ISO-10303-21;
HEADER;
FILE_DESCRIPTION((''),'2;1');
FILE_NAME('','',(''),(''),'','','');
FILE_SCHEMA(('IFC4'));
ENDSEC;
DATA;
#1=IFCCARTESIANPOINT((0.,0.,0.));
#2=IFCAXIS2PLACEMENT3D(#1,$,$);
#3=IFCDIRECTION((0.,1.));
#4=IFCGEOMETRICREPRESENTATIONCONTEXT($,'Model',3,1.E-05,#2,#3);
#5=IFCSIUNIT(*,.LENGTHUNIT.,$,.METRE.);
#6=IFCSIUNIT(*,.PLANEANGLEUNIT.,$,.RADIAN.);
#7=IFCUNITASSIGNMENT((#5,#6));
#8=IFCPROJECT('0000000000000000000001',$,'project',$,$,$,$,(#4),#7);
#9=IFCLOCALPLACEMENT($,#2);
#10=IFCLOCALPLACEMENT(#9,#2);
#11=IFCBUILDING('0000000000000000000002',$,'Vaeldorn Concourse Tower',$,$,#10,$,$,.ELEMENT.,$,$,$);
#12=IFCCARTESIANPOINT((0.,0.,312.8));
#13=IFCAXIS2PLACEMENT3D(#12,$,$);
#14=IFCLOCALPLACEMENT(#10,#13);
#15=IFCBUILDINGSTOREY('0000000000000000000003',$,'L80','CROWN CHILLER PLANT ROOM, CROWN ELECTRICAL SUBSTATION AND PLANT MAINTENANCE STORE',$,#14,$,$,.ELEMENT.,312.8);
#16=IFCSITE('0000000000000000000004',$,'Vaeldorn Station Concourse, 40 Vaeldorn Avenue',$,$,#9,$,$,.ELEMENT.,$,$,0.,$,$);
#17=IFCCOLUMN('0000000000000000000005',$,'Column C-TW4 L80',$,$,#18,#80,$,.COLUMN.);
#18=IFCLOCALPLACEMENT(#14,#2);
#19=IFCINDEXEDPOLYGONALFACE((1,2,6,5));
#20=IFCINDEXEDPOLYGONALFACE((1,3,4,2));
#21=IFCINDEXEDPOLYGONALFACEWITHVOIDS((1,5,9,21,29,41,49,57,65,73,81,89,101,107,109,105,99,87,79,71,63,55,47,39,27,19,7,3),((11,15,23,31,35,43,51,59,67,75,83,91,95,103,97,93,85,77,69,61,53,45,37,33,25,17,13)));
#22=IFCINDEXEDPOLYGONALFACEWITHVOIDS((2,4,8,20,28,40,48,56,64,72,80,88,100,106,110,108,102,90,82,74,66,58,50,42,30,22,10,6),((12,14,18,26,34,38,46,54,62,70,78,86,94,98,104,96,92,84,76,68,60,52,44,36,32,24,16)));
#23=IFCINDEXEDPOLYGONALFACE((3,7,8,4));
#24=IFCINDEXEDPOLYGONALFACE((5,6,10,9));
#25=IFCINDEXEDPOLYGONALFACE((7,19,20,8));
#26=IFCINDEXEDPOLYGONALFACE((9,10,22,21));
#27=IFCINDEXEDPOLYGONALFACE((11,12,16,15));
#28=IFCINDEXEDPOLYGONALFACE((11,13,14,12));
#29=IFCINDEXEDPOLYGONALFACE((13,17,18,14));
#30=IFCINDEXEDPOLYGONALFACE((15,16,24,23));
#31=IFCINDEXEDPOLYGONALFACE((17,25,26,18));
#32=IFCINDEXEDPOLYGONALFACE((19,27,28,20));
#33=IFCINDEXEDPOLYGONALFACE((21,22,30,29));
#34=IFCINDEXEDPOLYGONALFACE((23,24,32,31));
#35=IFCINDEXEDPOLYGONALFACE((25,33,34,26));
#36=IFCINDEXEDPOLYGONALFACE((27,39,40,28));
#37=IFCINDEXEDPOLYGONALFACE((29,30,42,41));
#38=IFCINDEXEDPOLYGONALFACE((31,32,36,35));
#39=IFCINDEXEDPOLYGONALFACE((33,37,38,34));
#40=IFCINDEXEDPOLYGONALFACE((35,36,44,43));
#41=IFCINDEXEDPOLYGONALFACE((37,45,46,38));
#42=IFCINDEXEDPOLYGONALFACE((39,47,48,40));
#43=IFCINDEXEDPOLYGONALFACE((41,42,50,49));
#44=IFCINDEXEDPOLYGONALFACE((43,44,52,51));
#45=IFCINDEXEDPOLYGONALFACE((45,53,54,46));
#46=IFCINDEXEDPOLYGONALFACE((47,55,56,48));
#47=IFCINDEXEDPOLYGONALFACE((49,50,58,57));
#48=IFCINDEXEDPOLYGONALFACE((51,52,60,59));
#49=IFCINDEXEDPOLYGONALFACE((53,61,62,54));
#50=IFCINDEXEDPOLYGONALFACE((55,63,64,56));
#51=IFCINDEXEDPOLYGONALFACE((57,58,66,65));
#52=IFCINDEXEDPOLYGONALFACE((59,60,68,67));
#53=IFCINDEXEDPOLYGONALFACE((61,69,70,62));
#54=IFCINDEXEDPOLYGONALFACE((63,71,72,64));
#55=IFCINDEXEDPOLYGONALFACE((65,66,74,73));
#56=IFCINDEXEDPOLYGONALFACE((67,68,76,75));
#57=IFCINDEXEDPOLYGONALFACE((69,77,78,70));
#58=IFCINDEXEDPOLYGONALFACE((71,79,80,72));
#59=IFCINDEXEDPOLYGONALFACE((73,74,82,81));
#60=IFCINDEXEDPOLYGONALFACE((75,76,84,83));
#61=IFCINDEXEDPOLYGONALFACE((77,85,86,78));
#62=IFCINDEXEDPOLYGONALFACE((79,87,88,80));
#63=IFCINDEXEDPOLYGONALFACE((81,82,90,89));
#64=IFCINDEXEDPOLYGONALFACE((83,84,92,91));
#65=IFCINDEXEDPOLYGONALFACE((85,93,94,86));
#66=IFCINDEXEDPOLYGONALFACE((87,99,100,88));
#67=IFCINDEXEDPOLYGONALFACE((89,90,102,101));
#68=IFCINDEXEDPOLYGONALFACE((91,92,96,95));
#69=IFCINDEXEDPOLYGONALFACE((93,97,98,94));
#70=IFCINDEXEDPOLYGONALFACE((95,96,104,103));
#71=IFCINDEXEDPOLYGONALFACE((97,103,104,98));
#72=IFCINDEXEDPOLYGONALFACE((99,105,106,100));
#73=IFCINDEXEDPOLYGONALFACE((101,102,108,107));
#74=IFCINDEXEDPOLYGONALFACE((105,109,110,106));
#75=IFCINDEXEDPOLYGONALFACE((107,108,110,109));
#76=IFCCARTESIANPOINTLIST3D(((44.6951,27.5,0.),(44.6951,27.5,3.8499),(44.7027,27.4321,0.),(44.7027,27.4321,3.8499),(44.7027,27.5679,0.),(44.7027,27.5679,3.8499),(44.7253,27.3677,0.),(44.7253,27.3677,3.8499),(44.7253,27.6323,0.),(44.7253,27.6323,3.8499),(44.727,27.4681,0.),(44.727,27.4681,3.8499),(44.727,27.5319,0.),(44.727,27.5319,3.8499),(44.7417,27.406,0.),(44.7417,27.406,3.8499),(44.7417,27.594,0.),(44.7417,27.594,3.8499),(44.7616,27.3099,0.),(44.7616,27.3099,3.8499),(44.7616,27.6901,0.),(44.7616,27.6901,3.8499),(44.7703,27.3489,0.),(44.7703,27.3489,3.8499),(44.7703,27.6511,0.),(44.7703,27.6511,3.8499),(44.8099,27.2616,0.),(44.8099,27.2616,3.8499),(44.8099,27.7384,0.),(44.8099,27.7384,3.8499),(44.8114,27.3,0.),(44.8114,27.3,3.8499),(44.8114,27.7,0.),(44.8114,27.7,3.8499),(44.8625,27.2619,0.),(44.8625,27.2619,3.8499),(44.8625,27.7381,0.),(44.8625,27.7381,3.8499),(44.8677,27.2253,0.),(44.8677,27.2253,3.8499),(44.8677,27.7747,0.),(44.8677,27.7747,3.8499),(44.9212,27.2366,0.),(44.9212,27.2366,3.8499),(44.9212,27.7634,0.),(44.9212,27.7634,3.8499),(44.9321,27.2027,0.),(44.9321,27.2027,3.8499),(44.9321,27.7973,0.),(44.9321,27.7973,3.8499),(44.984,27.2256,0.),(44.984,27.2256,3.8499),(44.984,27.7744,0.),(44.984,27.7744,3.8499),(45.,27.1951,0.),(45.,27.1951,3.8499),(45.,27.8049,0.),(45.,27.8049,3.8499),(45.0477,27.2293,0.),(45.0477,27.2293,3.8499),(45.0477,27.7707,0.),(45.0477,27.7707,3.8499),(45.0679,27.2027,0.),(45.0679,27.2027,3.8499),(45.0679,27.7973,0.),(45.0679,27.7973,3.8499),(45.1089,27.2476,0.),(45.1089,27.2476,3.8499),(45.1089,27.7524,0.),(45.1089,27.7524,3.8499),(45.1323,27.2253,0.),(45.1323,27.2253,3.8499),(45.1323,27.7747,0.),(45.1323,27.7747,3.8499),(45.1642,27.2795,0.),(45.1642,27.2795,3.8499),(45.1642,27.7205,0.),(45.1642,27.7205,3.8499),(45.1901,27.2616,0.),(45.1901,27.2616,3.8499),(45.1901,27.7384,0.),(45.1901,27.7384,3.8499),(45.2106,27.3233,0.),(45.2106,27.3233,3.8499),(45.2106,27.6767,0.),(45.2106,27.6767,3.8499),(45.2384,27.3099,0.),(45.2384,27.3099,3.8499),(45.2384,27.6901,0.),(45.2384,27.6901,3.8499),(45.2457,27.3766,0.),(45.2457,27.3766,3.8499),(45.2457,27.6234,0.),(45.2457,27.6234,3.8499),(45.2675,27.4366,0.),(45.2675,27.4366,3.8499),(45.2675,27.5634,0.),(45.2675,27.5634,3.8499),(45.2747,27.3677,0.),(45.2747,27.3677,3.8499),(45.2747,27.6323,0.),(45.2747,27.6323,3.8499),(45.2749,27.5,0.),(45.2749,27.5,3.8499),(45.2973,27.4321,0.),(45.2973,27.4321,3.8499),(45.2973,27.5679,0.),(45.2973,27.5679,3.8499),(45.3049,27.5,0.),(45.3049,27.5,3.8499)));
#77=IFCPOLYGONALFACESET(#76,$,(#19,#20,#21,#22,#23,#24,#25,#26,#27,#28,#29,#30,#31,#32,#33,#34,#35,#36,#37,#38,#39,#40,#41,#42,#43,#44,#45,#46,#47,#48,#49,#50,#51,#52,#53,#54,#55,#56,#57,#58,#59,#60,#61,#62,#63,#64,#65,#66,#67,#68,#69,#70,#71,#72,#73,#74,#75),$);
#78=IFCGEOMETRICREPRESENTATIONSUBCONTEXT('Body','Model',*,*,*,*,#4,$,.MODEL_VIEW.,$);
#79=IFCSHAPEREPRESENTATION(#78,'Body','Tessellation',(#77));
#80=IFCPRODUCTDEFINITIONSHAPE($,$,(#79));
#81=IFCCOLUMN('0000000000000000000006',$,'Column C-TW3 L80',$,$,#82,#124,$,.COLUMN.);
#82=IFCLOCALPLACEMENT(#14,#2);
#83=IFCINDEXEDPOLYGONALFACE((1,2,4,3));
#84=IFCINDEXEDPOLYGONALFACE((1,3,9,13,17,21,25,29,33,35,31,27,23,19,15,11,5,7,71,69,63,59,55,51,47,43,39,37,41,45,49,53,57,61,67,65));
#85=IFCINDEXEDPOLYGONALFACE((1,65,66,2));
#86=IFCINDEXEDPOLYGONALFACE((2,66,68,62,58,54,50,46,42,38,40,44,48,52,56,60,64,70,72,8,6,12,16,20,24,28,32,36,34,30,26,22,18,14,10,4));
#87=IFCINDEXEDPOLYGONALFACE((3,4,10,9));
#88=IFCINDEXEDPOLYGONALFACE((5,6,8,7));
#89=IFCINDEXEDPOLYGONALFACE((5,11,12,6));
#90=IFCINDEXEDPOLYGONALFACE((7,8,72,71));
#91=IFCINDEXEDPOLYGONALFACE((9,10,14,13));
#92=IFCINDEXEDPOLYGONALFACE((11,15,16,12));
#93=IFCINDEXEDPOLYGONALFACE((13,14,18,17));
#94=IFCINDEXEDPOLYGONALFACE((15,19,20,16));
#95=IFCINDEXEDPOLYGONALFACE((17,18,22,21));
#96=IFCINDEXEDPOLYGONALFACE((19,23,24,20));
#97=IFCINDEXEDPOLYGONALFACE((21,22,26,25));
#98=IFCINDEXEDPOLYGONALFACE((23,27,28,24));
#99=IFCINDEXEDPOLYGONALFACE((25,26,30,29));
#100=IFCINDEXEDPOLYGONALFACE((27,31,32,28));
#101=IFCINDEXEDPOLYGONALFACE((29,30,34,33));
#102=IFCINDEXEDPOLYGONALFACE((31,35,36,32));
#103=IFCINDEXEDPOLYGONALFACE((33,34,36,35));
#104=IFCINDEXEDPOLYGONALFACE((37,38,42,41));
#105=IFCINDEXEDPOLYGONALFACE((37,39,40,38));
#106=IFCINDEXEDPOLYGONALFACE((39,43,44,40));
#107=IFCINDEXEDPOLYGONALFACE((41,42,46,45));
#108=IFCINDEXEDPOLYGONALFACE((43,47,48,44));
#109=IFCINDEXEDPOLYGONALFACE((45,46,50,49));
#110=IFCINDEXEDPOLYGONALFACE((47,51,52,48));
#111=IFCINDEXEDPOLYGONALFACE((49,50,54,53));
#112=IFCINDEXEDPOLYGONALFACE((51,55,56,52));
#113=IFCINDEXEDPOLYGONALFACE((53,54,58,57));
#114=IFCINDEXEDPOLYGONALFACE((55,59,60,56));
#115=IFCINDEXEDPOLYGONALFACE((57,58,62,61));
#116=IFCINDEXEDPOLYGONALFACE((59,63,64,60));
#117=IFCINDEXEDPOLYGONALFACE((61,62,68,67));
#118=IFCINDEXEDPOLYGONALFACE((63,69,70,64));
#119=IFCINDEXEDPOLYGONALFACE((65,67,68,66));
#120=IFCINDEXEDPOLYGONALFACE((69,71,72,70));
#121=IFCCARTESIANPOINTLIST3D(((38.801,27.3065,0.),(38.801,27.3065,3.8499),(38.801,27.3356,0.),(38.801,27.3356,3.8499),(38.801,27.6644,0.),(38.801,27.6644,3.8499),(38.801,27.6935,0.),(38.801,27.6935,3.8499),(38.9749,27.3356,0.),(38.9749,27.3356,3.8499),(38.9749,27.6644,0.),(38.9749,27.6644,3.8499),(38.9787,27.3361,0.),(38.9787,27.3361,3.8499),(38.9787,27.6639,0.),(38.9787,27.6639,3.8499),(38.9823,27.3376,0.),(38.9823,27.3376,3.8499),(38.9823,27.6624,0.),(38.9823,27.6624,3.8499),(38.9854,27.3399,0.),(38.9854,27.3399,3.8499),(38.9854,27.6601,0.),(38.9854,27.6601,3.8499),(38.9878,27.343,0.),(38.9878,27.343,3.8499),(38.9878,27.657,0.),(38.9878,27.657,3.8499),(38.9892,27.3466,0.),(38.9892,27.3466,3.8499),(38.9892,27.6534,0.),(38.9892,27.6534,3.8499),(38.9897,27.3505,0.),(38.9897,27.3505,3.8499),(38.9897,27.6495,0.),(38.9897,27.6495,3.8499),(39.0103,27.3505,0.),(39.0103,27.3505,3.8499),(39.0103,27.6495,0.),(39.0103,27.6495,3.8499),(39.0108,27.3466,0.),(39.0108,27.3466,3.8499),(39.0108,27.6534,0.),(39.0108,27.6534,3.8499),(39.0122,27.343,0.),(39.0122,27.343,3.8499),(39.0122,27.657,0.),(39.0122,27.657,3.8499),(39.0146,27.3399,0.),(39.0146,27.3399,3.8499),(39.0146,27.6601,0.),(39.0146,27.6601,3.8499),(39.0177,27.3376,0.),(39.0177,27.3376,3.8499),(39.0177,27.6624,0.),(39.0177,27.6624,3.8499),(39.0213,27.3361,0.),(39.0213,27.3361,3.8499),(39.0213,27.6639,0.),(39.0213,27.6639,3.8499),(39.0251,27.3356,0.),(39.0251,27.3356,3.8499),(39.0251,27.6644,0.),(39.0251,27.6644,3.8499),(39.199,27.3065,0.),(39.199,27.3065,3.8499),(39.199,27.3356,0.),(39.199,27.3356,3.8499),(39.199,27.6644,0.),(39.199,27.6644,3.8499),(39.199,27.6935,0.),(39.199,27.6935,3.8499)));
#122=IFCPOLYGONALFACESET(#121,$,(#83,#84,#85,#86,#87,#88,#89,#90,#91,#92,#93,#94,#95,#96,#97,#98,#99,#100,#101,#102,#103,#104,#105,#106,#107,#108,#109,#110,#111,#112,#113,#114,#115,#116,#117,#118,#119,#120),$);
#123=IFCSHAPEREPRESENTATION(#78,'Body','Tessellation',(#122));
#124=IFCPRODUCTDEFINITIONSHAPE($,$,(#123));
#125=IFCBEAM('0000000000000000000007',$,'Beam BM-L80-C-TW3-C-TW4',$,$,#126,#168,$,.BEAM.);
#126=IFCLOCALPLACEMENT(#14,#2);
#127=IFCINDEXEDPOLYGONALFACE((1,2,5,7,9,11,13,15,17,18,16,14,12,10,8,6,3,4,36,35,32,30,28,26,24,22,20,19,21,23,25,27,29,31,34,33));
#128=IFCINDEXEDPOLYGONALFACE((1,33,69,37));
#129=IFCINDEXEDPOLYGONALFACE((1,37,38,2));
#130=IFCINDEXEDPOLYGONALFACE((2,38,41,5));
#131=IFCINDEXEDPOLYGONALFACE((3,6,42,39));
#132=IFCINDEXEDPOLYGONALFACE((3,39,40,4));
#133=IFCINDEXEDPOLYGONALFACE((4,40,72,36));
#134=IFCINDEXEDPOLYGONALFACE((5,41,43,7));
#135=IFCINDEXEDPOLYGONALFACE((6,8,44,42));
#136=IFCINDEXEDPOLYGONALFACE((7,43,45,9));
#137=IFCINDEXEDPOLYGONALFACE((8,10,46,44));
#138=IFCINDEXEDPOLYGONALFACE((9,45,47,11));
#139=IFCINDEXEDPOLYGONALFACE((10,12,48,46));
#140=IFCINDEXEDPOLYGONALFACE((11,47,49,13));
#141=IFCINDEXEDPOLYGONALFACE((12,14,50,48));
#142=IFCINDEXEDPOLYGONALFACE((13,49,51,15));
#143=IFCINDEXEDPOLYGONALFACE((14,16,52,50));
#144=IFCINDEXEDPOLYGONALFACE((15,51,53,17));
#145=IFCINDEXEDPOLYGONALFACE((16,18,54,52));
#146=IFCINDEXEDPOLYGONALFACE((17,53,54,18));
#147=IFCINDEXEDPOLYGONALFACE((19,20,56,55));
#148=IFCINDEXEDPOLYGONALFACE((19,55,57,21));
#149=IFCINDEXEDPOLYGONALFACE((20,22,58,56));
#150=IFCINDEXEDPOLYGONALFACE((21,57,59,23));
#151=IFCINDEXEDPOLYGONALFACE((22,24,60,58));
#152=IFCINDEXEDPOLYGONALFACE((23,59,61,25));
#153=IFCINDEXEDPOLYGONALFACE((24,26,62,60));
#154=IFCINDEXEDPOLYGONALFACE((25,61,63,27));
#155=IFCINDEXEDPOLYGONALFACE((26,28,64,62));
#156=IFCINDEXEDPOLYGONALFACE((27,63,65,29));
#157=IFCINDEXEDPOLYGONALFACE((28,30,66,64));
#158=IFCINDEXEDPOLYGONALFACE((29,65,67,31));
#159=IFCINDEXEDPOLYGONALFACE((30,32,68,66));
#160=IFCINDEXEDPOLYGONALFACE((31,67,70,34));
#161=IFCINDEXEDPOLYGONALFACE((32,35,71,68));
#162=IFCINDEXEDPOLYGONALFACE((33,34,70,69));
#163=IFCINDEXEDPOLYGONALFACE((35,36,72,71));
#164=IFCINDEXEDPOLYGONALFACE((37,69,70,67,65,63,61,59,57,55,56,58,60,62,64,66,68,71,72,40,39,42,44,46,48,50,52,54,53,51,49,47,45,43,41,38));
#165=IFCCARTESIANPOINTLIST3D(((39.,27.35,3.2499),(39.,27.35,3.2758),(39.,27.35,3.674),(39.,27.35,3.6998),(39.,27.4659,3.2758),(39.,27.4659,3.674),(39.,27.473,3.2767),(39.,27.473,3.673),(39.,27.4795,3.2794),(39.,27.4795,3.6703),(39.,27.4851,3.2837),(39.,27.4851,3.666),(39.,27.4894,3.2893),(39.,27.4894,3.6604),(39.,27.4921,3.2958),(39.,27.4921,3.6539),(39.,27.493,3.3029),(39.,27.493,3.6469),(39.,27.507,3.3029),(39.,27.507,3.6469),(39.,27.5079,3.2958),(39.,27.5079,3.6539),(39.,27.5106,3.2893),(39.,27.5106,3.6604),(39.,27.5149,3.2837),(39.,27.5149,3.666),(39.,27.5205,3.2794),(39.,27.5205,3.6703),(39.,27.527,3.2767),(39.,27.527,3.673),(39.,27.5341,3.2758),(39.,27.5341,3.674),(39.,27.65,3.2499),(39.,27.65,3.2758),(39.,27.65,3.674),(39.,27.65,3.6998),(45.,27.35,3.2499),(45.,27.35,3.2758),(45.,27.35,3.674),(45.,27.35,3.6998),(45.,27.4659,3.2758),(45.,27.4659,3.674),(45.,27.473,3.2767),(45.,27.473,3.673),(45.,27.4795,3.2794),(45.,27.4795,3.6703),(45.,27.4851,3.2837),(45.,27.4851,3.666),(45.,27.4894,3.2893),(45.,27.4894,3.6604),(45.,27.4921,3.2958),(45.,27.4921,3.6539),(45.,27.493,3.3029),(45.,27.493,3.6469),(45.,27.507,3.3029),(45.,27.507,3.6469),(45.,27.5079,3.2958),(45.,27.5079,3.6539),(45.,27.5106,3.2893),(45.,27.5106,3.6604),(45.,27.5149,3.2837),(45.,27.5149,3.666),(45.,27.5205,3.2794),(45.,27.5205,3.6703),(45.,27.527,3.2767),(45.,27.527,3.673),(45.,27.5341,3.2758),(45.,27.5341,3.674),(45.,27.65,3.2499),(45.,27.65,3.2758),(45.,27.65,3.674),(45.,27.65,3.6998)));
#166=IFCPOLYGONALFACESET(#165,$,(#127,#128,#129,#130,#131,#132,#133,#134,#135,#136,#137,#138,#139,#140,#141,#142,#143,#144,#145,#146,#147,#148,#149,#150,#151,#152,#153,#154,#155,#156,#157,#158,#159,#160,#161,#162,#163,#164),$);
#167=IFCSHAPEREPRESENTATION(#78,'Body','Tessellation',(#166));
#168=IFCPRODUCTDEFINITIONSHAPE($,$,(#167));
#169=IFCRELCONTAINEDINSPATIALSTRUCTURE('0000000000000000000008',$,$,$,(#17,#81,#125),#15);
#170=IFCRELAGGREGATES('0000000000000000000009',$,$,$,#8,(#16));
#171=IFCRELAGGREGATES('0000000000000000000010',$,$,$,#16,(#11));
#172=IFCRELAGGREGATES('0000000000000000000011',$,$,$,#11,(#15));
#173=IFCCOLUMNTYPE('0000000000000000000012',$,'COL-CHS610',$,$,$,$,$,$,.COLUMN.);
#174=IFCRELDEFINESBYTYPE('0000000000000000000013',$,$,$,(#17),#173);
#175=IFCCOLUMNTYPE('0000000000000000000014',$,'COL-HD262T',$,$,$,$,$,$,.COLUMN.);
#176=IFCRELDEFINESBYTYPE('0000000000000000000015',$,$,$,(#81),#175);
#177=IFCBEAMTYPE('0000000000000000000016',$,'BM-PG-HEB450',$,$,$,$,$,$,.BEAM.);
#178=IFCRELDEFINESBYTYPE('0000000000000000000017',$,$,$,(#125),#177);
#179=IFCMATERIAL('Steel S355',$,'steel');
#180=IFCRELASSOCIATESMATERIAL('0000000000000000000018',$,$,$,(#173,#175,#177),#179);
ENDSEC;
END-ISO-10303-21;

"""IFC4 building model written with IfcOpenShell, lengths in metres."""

from ifc_helpers import new_model, si_unit, direction, frame, origin, origin_2d, place, context, subcontext, project, spatial, hollow_circle, i_section, extrude, source, transform, mapped, material, material_profile, profile_set, type_object, element, save


model = new_model("IFC4")

# Units and contexts
model_context = context("Model", 3, precision=1e-05, world=origin(), true_north=direction((0.0, 1.0)))
body_context = subcontext(model_context, "Body", "Model", "MODEL_VIEW")
ifc_project = project(units=[si_unit("LENGTHUNIT", "METRE"), si_unit("PLANEANGLEUNIT", "RADIAN")], contexts=[model_context])

# Site, building, storey
site_placement = place(None, origin())
site = spatial("IfcSite", under=ifc_project, at=site_placement, Name="Vaeldorn Station Concourse, 40 Vaeldorn Avenue", CompositionType="ELEMENT", RefElevation=0.0)
building_placement = place(site_placement, origin())
building = spatial("IfcBuilding", under=site, at=building_placement, Name="Vaeldorn Concourse Tower", CompositionType="ELEMENT")
storey_placement = place(building_placement, frame((0.0, 0.0, 312.8)))
storey = spatial("IfcBuildingStorey", under=building, at=storey_placement, Name="L80", Description="CROWN CHILLER PLANT ROOM, CROWN ELECTRICAL SUBSTATION AND PLANT MAINTENANCE STORE", CompositionType="ELEMENT", Elevation=312.8)

# Columns
ifc_material_1 = material(Name="Steel S355", Category="steel")
ifc_material_profile_1 = material_profile(ifc_material_1, hollow_circle(Radius=0.3049, WallThickness=0.03, at=origin_2d()), Name="CHS 610x30")
ifc_profile_set_1 = profile_set([ifc_material_profile_1], Name="Steel S355")
column_type_1 = type_object("IfcColumnType", Name="COL-CHS610", PredefinedType="COLUMN", material=ifc_profile_set_1)
shared_shape_1 = source(origin(), body_context, "Body", "SweptSolid", [
    extrude(hollow_circle(Radius=0.3049, WallThickness=0.03, at=origin_2d()), origin(), (0.0, 0.0, 1.0), 3.8499),
])
column_1_placement = place(storey_placement, frame((45.0, 27.5, 0.0), z_axis=(0.0, 0.0, 1.0), x_axis=(1.0, 0.0, 0.0)))
element("IfcColumn", 1, at=column_1_placement, inside=storey, type_object=column_type_1, Name="Column C-TW4 L80", PredefinedType="COLUMN", context=body_context, shape_type="MappedRepresentation", body=[
    mapped(shared_shape_1, transform((0.0, 0.0, 0.0), scale=1.0)),
])
ifc_material_profile_2 = material_profile(ifc_material_1, i_section(OverallWidth=0.3979, OverallDepth=0.387, WebThickness=0.0205, FlangeThickness=0.0291, FilletRadius=0.0149, at=origin_2d()), Name="HD 400x262")
ifc_profile_set_2 = profile_set([ifc_material_profile_2], Name="Steel S355")
column_type_2 = type_object("IfcColumnType", Name="COL-HD262T", PredefinedType="COLUMN", material=ifc_profile_set_2)
shared_shape_2 = source(origin(), body_context, "Body", "SweptSolid", [
    extrude(i_section(OverallWidth=0.3979, OverallDepth=0.387, WebThickness=0.0205, FlangeThickness=0.0291, FilletRadius=0.0149, at=origin_2d()), origin(), (0.0, 0.0, 1.0), 3.8499),
])
column_2_placement = place(storey_placement, frame((39.0, 27.5, 0.0), z_axis=(0.0, 0.0, 1.0), x_axis=(1.0, 0.0, 0.0)))
element("IfcColumn", 2, at=column_2_placement, inside=storey, type_object=column_type_2, Name="Column C-TW3 L80", PredefinedType="COLUMN", context=body_context, shape_type="MappedRepresentation", body=[
    mapped(shared_shape_2, transform((0.0, 0.0, 0.0), scale=1.0)),
])

# Beam
ifc_material_profile_3 = material_profile(ifc_material_1, i_section(OverallWidth=0.3, OverallDepth=0.45, WebThickness=0.0139, FlangeThickness=0.0259, FilletRadius=0.0271, at=origin_2d()), Name="HEB 450")
ifc_profile_set_3 = profile_set([ifc_material_profile_3], Name="Steel S355")
beam_type = type_object("IfcBeamType", Name="BM-PG-HEB450", PredefinedType="BEAM", material=ifc_profile_set_3)
shared_shape_3 = source(origin(), body_context, "Body", "SweptSolid", [
    extrude(i_section(OverallWidth=0.3, OverallDepth=0.45, WebThickness=0.0139, FlangeThickness=0.0259, FilletRadius=0.0271, at=origin_2d()), origin(), (0.0, 0.0, 1.0), 6.0),
])
beam_1_placement = place(storey_placement, frame((39.0, 27.5, 3.4749), z_axis=(1.0, 0.0, 0.0), x_axis=(0.0, 1.0, 0.0)))
element("IfcBeam", 3, at=beam_1_placement, inside=storey, type_object=beam_type, Name="Beam BM-L80-C-TW3-C-TW4", PredefinedType="BEAM", context=body_context, shape_type="MappedRepresentation", body=[
    mapped(shared_shape_3, transform((0.0, 0.0, 0.0), scale=1.0)),
])

save(model, "model.ifc")
